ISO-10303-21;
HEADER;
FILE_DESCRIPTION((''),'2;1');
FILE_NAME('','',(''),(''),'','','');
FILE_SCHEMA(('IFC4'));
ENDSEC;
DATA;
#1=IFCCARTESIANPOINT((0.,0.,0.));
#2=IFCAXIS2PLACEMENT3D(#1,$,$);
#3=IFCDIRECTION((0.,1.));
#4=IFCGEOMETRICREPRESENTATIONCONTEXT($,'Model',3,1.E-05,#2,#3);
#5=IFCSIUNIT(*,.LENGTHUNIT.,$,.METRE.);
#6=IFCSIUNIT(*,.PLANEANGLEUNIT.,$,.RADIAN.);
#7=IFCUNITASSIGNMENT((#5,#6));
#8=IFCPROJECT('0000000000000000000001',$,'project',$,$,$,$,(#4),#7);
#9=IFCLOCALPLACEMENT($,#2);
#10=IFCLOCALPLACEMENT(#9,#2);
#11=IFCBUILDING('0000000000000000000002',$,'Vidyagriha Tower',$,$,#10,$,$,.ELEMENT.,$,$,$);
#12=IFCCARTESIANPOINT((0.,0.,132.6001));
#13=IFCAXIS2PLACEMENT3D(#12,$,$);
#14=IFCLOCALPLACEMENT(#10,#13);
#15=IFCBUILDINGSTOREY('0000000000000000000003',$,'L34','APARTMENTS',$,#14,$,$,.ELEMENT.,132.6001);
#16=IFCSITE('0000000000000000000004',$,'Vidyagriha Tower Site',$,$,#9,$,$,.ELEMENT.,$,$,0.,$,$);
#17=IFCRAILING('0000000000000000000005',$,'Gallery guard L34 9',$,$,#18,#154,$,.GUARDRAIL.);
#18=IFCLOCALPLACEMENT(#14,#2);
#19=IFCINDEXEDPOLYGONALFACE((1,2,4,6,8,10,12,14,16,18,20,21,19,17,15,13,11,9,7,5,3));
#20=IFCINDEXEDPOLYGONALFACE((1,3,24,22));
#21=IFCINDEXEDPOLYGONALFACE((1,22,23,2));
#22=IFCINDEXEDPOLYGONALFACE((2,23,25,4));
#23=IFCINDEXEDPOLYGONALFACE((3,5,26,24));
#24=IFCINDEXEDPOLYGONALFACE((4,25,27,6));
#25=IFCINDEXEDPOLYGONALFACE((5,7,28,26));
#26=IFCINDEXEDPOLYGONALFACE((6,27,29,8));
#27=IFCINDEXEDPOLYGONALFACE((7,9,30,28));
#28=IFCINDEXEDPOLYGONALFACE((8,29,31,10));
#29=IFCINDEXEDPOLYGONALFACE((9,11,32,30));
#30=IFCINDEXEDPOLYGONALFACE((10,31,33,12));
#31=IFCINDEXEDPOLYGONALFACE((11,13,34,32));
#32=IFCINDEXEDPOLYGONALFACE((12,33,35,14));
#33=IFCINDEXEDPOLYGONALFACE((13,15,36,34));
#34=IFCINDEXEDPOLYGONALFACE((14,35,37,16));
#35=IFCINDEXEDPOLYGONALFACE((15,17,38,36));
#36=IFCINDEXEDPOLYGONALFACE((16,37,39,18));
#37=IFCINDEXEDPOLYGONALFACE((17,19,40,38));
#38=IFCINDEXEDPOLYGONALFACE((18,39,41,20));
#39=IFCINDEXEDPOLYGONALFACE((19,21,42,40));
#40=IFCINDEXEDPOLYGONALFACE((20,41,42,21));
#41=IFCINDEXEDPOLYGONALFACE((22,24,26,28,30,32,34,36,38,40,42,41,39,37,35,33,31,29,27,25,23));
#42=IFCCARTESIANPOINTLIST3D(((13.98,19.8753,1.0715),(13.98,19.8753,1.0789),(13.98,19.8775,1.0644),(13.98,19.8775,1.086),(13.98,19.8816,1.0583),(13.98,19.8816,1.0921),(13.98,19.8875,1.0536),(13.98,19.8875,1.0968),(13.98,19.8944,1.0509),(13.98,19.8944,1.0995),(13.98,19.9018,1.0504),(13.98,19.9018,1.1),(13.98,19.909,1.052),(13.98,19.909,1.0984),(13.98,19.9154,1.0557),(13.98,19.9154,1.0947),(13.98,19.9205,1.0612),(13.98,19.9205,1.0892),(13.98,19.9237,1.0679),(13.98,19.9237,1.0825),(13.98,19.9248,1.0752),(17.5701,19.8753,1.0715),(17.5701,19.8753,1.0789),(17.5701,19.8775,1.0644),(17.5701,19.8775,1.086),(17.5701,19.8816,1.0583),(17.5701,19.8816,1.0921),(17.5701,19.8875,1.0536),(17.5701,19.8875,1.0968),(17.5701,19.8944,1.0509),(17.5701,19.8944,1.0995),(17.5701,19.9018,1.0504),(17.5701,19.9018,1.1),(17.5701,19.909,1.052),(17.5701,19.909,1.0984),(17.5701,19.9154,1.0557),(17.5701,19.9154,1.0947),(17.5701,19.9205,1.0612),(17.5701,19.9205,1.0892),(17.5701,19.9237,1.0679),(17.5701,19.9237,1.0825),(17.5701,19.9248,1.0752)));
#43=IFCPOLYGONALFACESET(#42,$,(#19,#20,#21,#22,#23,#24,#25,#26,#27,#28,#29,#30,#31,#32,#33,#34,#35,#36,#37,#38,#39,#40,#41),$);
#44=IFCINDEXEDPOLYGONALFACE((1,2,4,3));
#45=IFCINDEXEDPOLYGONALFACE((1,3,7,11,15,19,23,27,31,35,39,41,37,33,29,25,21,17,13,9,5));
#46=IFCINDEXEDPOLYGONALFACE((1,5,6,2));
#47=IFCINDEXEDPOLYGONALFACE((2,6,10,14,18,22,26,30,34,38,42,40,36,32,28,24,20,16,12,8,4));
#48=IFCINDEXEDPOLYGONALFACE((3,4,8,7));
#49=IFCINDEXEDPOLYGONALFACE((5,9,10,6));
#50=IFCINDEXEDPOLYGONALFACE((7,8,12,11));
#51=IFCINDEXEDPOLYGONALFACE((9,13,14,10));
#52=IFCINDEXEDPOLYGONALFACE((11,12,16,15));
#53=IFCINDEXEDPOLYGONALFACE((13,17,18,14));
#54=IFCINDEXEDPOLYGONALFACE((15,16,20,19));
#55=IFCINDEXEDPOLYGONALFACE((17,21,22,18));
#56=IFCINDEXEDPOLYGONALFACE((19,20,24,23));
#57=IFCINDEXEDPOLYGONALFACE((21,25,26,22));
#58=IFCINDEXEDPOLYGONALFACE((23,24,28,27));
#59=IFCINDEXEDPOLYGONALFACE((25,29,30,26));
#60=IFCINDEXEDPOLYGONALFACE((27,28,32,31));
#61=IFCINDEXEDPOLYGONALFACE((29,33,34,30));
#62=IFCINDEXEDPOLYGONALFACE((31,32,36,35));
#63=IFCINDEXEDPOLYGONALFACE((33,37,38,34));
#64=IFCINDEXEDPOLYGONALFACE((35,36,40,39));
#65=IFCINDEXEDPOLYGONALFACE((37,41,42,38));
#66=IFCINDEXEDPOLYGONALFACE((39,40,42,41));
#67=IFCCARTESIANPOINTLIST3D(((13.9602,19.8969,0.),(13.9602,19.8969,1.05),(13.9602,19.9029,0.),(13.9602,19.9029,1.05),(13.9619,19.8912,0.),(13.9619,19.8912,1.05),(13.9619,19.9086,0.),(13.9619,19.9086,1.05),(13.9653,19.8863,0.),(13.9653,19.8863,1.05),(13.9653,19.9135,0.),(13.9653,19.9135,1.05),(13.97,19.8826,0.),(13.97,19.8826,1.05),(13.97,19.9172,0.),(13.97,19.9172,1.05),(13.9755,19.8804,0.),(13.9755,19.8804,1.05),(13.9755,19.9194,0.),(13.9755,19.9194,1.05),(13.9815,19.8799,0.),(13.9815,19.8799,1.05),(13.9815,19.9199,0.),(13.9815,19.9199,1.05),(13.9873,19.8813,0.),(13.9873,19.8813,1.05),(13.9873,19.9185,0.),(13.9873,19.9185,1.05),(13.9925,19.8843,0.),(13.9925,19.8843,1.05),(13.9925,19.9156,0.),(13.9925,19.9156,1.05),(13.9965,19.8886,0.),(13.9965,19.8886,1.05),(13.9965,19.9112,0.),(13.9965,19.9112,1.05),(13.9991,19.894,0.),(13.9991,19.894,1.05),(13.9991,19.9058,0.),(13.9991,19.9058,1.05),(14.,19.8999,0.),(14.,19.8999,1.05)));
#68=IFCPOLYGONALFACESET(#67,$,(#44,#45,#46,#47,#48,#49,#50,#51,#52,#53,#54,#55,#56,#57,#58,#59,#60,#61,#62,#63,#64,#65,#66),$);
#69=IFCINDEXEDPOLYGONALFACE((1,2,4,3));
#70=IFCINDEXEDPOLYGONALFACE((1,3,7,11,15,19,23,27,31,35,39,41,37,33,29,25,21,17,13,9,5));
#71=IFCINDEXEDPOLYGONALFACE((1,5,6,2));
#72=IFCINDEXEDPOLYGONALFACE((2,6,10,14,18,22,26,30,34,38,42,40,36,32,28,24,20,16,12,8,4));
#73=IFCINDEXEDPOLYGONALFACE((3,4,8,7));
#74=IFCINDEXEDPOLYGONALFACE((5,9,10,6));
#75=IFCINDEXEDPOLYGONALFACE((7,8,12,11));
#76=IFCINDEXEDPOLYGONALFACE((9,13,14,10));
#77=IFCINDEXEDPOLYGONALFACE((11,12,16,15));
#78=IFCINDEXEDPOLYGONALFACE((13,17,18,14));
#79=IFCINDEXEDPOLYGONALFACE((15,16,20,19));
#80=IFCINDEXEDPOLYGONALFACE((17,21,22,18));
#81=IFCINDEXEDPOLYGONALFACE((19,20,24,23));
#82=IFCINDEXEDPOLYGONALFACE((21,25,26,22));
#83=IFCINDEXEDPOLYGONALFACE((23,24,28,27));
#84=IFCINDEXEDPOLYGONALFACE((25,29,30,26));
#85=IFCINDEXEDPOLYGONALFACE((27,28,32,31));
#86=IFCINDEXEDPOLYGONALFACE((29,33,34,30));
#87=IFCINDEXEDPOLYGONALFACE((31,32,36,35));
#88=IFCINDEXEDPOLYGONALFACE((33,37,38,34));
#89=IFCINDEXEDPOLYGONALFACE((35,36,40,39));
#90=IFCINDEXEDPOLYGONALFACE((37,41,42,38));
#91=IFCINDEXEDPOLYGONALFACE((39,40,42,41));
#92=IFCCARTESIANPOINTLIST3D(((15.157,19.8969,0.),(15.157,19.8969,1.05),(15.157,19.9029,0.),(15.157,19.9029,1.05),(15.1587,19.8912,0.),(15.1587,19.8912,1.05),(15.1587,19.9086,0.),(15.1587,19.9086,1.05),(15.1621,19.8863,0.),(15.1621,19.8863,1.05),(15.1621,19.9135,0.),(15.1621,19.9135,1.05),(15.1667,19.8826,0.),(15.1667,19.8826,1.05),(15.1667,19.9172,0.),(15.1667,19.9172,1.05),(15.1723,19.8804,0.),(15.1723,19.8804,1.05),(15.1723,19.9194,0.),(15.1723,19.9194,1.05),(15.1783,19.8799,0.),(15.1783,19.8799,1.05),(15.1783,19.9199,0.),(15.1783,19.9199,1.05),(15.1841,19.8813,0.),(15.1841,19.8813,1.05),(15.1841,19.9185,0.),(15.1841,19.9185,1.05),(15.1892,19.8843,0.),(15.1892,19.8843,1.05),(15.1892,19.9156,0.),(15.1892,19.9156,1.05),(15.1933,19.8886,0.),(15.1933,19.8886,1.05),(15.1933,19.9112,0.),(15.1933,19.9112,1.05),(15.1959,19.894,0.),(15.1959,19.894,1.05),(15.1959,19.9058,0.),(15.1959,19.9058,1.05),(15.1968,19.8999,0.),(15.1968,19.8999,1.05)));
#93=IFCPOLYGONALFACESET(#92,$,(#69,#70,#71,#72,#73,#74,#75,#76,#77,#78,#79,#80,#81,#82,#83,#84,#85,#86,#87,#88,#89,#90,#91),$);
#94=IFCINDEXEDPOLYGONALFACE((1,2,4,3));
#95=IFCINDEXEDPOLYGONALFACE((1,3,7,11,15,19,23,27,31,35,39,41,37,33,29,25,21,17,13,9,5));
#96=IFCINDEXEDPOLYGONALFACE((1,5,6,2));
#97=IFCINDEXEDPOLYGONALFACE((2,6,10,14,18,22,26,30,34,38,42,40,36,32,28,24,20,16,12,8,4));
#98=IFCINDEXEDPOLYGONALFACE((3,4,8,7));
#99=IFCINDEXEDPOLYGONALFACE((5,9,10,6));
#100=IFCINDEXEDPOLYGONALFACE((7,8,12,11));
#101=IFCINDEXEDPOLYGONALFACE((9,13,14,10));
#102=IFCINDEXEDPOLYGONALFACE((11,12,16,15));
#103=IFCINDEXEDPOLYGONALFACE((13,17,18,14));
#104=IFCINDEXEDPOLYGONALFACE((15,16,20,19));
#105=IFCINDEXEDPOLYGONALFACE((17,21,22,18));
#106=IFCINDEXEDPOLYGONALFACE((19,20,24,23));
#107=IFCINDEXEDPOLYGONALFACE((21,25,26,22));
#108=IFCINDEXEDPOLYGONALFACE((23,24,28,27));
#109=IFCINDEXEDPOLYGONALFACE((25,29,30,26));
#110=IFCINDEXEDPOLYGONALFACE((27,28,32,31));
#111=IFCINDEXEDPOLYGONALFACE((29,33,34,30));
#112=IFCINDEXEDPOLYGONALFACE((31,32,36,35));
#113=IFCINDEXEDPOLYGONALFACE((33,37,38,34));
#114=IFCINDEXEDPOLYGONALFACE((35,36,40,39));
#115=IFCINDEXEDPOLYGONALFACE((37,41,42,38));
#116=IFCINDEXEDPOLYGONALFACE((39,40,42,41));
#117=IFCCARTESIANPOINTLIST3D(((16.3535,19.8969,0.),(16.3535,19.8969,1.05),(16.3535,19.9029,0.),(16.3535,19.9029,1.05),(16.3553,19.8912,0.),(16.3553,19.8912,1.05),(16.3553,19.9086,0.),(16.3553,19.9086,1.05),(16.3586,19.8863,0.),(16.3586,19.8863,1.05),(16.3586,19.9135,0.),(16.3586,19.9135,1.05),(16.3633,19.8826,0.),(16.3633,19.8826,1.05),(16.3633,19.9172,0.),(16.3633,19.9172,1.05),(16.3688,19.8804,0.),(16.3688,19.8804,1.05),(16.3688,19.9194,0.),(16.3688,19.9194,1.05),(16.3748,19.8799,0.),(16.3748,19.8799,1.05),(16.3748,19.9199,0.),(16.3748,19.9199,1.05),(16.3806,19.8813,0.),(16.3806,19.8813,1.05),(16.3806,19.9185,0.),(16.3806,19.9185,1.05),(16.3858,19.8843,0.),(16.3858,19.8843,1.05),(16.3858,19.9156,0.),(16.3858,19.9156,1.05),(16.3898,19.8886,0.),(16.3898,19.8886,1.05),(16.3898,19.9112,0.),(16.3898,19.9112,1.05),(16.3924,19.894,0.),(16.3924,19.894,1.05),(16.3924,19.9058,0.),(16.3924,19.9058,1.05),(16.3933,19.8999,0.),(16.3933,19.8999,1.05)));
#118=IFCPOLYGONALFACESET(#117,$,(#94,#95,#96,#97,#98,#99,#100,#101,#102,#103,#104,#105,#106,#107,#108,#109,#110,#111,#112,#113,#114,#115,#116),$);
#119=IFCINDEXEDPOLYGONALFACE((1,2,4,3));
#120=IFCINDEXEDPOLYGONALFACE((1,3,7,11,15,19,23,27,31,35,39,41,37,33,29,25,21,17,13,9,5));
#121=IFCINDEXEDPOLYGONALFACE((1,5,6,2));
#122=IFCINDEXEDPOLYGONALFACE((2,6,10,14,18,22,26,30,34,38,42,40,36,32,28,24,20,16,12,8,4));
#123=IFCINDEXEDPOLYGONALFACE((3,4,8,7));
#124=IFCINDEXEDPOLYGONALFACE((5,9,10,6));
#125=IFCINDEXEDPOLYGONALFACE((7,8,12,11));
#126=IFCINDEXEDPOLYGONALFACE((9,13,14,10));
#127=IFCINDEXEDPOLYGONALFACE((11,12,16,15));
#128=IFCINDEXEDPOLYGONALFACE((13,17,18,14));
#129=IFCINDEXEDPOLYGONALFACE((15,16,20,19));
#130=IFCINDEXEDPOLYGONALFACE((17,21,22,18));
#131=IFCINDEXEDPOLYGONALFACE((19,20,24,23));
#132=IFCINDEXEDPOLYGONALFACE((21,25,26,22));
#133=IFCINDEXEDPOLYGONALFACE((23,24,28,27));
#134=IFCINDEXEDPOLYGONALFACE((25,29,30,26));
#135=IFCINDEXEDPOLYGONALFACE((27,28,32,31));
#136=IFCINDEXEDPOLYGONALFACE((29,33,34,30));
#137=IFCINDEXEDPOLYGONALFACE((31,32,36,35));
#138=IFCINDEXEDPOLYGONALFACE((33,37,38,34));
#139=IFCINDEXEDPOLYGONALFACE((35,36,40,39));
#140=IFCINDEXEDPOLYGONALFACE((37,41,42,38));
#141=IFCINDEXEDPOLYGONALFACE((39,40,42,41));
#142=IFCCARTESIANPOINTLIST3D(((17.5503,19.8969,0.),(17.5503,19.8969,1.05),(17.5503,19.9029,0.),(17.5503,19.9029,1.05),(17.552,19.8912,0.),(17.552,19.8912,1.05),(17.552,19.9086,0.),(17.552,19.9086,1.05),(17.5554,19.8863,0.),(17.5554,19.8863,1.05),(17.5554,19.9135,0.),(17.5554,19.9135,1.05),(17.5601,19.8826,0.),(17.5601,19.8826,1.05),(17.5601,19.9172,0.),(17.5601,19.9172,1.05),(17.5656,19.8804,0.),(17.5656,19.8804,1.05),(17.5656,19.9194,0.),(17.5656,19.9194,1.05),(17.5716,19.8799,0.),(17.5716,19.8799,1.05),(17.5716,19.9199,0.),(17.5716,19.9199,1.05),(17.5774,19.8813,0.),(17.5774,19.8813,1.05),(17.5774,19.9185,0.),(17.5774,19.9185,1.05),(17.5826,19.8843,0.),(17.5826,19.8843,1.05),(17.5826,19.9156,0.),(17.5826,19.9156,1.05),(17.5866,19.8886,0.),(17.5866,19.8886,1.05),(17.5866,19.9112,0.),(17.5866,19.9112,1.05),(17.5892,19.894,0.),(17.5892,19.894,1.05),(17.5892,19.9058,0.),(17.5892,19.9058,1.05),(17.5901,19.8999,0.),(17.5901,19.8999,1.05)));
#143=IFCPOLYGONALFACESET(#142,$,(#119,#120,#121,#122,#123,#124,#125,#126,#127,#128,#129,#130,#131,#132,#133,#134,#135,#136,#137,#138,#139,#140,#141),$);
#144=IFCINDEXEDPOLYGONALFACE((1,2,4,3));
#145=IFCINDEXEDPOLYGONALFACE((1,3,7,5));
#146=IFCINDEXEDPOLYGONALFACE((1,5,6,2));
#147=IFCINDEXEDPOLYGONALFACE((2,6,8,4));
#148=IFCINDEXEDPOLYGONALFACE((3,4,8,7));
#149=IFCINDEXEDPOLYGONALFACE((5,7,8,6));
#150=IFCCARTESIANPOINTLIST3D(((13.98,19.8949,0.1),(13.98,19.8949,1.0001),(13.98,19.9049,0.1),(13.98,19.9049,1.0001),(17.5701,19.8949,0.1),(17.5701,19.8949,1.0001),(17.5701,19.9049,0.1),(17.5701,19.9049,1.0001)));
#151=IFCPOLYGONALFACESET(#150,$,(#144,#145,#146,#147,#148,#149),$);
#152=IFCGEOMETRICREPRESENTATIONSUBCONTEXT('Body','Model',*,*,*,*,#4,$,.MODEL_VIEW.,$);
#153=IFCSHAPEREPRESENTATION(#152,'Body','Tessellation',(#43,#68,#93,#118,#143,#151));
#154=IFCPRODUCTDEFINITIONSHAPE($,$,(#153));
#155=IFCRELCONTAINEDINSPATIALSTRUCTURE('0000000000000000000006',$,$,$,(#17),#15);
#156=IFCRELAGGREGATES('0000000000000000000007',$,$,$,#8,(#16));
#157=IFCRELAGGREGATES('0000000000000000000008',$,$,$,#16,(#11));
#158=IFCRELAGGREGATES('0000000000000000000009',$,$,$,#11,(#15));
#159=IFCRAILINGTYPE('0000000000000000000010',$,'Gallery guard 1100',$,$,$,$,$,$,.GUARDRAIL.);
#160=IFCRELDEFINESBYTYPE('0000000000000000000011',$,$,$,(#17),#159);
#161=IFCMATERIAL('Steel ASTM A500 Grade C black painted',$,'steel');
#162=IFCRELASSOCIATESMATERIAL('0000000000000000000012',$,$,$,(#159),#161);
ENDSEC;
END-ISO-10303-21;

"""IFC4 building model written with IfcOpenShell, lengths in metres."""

from ifc_helpers import new_model, si_unit, direction, frame, origin, origin_2d, place, context, subcontext, project, spatial, rectangle, circle, extrude, material, type_object, element, save


model = new_model("IFC4")

# Units and contexts
model_context = context("Model", 3, precision=1e-05, world=origin(), true_north=direction((0.0, 1.0)))
body_context = subcontext(model_context, "Body", "Model", "MODEL_VIEW")
ifc_project = project(units=[si_unit("LENGTHUNIT", "METRE"), si_unit("PLANEANGLEUNIT", "RADIAN")], contexts=[model_context])

# Site, building, storey
site_placement = place(None, origin())
site = spatial("IfcSite", under=ifc_project, at=site_placement, Name="Vidyagriha Tower Site", CompositionType="ELEMENT", RefElevation=0.0)
building_placement = place(site_placement, origin())
building = spatial("IfcBuilding", under=site, at=building_placement, Name="Vidyagriha Tower", CompositionType="ELEMENT")
storey_placement = place(building_placement, frame((0.0, 0.0, 132.6001)))
storey = spatial("IfcBuildingStorey", under=building, at=storey_placement, Name="L34", Description="APARTMENTS", CompositionType="ELEMENT", Elevation=132.6001)

# Railing
ifc_material_1 = material(Name="Steel ASTM A500 Grade C black painted", Category="steel")
railing_type_1 = type_object("IfcRailingType", Name="Gallery guard 1100", PredefinedType="GUARDRAIL", material=ifc_material_1)
railing_1_placement = place(storey_placement, frame((13.98, 19.8999, 0.0)))
element("IfcRailing", 1, at=railing_1_placement, inside=storey, type_object=railing_type_1, Name="Gallery guard L34 9", PredefinedType="GUARDRAIL", context=body_context, shape_type="SweptSolid", body=[
    extrude(circle(Radius=0.0249, at=origin_2d()), frame((0.0, 0.0, 1.0752), z_axis=(1.0, 0.0, 0.0), x_axis=(0.0, 1.0, 0.0)), (0.0, 0.0, 1.0), 3.5901),
    extrude(circle(Radius=0.02, at=origin_2d()), origin(), (0.0, 0.0, 1.0), 1.05),
    extrude(circle(Radius=0.02, at=origin_2d()), frame((1.1968, 0.0, 0.0)), (0.0, 0.0, 1.0), 1.05),
    extrude(circle(Radius=0.02, at=origin_2d()), frame((2.3933, 0.0, 0.0)), (0.0, 0.0, 1.0), 1.05),
    extrude(circle(Radius=0.02, at=origin_2d()), frame((3.5901, 0.0, 0.0)), (0.0, 0.0, 1.0), 1.05),
    extrude(rectangle(XDim=0.01, YDim=0.9001, at=origin_2d()), frame((0.0, 0.0, 0.55), z_axis=(1.0, 0.0, 0.0), x_axis=(0.0, 1.0, 0.0)), (0.0, 0.0, 1.0), 3.5901),
])

save(model, "model.ifc")
